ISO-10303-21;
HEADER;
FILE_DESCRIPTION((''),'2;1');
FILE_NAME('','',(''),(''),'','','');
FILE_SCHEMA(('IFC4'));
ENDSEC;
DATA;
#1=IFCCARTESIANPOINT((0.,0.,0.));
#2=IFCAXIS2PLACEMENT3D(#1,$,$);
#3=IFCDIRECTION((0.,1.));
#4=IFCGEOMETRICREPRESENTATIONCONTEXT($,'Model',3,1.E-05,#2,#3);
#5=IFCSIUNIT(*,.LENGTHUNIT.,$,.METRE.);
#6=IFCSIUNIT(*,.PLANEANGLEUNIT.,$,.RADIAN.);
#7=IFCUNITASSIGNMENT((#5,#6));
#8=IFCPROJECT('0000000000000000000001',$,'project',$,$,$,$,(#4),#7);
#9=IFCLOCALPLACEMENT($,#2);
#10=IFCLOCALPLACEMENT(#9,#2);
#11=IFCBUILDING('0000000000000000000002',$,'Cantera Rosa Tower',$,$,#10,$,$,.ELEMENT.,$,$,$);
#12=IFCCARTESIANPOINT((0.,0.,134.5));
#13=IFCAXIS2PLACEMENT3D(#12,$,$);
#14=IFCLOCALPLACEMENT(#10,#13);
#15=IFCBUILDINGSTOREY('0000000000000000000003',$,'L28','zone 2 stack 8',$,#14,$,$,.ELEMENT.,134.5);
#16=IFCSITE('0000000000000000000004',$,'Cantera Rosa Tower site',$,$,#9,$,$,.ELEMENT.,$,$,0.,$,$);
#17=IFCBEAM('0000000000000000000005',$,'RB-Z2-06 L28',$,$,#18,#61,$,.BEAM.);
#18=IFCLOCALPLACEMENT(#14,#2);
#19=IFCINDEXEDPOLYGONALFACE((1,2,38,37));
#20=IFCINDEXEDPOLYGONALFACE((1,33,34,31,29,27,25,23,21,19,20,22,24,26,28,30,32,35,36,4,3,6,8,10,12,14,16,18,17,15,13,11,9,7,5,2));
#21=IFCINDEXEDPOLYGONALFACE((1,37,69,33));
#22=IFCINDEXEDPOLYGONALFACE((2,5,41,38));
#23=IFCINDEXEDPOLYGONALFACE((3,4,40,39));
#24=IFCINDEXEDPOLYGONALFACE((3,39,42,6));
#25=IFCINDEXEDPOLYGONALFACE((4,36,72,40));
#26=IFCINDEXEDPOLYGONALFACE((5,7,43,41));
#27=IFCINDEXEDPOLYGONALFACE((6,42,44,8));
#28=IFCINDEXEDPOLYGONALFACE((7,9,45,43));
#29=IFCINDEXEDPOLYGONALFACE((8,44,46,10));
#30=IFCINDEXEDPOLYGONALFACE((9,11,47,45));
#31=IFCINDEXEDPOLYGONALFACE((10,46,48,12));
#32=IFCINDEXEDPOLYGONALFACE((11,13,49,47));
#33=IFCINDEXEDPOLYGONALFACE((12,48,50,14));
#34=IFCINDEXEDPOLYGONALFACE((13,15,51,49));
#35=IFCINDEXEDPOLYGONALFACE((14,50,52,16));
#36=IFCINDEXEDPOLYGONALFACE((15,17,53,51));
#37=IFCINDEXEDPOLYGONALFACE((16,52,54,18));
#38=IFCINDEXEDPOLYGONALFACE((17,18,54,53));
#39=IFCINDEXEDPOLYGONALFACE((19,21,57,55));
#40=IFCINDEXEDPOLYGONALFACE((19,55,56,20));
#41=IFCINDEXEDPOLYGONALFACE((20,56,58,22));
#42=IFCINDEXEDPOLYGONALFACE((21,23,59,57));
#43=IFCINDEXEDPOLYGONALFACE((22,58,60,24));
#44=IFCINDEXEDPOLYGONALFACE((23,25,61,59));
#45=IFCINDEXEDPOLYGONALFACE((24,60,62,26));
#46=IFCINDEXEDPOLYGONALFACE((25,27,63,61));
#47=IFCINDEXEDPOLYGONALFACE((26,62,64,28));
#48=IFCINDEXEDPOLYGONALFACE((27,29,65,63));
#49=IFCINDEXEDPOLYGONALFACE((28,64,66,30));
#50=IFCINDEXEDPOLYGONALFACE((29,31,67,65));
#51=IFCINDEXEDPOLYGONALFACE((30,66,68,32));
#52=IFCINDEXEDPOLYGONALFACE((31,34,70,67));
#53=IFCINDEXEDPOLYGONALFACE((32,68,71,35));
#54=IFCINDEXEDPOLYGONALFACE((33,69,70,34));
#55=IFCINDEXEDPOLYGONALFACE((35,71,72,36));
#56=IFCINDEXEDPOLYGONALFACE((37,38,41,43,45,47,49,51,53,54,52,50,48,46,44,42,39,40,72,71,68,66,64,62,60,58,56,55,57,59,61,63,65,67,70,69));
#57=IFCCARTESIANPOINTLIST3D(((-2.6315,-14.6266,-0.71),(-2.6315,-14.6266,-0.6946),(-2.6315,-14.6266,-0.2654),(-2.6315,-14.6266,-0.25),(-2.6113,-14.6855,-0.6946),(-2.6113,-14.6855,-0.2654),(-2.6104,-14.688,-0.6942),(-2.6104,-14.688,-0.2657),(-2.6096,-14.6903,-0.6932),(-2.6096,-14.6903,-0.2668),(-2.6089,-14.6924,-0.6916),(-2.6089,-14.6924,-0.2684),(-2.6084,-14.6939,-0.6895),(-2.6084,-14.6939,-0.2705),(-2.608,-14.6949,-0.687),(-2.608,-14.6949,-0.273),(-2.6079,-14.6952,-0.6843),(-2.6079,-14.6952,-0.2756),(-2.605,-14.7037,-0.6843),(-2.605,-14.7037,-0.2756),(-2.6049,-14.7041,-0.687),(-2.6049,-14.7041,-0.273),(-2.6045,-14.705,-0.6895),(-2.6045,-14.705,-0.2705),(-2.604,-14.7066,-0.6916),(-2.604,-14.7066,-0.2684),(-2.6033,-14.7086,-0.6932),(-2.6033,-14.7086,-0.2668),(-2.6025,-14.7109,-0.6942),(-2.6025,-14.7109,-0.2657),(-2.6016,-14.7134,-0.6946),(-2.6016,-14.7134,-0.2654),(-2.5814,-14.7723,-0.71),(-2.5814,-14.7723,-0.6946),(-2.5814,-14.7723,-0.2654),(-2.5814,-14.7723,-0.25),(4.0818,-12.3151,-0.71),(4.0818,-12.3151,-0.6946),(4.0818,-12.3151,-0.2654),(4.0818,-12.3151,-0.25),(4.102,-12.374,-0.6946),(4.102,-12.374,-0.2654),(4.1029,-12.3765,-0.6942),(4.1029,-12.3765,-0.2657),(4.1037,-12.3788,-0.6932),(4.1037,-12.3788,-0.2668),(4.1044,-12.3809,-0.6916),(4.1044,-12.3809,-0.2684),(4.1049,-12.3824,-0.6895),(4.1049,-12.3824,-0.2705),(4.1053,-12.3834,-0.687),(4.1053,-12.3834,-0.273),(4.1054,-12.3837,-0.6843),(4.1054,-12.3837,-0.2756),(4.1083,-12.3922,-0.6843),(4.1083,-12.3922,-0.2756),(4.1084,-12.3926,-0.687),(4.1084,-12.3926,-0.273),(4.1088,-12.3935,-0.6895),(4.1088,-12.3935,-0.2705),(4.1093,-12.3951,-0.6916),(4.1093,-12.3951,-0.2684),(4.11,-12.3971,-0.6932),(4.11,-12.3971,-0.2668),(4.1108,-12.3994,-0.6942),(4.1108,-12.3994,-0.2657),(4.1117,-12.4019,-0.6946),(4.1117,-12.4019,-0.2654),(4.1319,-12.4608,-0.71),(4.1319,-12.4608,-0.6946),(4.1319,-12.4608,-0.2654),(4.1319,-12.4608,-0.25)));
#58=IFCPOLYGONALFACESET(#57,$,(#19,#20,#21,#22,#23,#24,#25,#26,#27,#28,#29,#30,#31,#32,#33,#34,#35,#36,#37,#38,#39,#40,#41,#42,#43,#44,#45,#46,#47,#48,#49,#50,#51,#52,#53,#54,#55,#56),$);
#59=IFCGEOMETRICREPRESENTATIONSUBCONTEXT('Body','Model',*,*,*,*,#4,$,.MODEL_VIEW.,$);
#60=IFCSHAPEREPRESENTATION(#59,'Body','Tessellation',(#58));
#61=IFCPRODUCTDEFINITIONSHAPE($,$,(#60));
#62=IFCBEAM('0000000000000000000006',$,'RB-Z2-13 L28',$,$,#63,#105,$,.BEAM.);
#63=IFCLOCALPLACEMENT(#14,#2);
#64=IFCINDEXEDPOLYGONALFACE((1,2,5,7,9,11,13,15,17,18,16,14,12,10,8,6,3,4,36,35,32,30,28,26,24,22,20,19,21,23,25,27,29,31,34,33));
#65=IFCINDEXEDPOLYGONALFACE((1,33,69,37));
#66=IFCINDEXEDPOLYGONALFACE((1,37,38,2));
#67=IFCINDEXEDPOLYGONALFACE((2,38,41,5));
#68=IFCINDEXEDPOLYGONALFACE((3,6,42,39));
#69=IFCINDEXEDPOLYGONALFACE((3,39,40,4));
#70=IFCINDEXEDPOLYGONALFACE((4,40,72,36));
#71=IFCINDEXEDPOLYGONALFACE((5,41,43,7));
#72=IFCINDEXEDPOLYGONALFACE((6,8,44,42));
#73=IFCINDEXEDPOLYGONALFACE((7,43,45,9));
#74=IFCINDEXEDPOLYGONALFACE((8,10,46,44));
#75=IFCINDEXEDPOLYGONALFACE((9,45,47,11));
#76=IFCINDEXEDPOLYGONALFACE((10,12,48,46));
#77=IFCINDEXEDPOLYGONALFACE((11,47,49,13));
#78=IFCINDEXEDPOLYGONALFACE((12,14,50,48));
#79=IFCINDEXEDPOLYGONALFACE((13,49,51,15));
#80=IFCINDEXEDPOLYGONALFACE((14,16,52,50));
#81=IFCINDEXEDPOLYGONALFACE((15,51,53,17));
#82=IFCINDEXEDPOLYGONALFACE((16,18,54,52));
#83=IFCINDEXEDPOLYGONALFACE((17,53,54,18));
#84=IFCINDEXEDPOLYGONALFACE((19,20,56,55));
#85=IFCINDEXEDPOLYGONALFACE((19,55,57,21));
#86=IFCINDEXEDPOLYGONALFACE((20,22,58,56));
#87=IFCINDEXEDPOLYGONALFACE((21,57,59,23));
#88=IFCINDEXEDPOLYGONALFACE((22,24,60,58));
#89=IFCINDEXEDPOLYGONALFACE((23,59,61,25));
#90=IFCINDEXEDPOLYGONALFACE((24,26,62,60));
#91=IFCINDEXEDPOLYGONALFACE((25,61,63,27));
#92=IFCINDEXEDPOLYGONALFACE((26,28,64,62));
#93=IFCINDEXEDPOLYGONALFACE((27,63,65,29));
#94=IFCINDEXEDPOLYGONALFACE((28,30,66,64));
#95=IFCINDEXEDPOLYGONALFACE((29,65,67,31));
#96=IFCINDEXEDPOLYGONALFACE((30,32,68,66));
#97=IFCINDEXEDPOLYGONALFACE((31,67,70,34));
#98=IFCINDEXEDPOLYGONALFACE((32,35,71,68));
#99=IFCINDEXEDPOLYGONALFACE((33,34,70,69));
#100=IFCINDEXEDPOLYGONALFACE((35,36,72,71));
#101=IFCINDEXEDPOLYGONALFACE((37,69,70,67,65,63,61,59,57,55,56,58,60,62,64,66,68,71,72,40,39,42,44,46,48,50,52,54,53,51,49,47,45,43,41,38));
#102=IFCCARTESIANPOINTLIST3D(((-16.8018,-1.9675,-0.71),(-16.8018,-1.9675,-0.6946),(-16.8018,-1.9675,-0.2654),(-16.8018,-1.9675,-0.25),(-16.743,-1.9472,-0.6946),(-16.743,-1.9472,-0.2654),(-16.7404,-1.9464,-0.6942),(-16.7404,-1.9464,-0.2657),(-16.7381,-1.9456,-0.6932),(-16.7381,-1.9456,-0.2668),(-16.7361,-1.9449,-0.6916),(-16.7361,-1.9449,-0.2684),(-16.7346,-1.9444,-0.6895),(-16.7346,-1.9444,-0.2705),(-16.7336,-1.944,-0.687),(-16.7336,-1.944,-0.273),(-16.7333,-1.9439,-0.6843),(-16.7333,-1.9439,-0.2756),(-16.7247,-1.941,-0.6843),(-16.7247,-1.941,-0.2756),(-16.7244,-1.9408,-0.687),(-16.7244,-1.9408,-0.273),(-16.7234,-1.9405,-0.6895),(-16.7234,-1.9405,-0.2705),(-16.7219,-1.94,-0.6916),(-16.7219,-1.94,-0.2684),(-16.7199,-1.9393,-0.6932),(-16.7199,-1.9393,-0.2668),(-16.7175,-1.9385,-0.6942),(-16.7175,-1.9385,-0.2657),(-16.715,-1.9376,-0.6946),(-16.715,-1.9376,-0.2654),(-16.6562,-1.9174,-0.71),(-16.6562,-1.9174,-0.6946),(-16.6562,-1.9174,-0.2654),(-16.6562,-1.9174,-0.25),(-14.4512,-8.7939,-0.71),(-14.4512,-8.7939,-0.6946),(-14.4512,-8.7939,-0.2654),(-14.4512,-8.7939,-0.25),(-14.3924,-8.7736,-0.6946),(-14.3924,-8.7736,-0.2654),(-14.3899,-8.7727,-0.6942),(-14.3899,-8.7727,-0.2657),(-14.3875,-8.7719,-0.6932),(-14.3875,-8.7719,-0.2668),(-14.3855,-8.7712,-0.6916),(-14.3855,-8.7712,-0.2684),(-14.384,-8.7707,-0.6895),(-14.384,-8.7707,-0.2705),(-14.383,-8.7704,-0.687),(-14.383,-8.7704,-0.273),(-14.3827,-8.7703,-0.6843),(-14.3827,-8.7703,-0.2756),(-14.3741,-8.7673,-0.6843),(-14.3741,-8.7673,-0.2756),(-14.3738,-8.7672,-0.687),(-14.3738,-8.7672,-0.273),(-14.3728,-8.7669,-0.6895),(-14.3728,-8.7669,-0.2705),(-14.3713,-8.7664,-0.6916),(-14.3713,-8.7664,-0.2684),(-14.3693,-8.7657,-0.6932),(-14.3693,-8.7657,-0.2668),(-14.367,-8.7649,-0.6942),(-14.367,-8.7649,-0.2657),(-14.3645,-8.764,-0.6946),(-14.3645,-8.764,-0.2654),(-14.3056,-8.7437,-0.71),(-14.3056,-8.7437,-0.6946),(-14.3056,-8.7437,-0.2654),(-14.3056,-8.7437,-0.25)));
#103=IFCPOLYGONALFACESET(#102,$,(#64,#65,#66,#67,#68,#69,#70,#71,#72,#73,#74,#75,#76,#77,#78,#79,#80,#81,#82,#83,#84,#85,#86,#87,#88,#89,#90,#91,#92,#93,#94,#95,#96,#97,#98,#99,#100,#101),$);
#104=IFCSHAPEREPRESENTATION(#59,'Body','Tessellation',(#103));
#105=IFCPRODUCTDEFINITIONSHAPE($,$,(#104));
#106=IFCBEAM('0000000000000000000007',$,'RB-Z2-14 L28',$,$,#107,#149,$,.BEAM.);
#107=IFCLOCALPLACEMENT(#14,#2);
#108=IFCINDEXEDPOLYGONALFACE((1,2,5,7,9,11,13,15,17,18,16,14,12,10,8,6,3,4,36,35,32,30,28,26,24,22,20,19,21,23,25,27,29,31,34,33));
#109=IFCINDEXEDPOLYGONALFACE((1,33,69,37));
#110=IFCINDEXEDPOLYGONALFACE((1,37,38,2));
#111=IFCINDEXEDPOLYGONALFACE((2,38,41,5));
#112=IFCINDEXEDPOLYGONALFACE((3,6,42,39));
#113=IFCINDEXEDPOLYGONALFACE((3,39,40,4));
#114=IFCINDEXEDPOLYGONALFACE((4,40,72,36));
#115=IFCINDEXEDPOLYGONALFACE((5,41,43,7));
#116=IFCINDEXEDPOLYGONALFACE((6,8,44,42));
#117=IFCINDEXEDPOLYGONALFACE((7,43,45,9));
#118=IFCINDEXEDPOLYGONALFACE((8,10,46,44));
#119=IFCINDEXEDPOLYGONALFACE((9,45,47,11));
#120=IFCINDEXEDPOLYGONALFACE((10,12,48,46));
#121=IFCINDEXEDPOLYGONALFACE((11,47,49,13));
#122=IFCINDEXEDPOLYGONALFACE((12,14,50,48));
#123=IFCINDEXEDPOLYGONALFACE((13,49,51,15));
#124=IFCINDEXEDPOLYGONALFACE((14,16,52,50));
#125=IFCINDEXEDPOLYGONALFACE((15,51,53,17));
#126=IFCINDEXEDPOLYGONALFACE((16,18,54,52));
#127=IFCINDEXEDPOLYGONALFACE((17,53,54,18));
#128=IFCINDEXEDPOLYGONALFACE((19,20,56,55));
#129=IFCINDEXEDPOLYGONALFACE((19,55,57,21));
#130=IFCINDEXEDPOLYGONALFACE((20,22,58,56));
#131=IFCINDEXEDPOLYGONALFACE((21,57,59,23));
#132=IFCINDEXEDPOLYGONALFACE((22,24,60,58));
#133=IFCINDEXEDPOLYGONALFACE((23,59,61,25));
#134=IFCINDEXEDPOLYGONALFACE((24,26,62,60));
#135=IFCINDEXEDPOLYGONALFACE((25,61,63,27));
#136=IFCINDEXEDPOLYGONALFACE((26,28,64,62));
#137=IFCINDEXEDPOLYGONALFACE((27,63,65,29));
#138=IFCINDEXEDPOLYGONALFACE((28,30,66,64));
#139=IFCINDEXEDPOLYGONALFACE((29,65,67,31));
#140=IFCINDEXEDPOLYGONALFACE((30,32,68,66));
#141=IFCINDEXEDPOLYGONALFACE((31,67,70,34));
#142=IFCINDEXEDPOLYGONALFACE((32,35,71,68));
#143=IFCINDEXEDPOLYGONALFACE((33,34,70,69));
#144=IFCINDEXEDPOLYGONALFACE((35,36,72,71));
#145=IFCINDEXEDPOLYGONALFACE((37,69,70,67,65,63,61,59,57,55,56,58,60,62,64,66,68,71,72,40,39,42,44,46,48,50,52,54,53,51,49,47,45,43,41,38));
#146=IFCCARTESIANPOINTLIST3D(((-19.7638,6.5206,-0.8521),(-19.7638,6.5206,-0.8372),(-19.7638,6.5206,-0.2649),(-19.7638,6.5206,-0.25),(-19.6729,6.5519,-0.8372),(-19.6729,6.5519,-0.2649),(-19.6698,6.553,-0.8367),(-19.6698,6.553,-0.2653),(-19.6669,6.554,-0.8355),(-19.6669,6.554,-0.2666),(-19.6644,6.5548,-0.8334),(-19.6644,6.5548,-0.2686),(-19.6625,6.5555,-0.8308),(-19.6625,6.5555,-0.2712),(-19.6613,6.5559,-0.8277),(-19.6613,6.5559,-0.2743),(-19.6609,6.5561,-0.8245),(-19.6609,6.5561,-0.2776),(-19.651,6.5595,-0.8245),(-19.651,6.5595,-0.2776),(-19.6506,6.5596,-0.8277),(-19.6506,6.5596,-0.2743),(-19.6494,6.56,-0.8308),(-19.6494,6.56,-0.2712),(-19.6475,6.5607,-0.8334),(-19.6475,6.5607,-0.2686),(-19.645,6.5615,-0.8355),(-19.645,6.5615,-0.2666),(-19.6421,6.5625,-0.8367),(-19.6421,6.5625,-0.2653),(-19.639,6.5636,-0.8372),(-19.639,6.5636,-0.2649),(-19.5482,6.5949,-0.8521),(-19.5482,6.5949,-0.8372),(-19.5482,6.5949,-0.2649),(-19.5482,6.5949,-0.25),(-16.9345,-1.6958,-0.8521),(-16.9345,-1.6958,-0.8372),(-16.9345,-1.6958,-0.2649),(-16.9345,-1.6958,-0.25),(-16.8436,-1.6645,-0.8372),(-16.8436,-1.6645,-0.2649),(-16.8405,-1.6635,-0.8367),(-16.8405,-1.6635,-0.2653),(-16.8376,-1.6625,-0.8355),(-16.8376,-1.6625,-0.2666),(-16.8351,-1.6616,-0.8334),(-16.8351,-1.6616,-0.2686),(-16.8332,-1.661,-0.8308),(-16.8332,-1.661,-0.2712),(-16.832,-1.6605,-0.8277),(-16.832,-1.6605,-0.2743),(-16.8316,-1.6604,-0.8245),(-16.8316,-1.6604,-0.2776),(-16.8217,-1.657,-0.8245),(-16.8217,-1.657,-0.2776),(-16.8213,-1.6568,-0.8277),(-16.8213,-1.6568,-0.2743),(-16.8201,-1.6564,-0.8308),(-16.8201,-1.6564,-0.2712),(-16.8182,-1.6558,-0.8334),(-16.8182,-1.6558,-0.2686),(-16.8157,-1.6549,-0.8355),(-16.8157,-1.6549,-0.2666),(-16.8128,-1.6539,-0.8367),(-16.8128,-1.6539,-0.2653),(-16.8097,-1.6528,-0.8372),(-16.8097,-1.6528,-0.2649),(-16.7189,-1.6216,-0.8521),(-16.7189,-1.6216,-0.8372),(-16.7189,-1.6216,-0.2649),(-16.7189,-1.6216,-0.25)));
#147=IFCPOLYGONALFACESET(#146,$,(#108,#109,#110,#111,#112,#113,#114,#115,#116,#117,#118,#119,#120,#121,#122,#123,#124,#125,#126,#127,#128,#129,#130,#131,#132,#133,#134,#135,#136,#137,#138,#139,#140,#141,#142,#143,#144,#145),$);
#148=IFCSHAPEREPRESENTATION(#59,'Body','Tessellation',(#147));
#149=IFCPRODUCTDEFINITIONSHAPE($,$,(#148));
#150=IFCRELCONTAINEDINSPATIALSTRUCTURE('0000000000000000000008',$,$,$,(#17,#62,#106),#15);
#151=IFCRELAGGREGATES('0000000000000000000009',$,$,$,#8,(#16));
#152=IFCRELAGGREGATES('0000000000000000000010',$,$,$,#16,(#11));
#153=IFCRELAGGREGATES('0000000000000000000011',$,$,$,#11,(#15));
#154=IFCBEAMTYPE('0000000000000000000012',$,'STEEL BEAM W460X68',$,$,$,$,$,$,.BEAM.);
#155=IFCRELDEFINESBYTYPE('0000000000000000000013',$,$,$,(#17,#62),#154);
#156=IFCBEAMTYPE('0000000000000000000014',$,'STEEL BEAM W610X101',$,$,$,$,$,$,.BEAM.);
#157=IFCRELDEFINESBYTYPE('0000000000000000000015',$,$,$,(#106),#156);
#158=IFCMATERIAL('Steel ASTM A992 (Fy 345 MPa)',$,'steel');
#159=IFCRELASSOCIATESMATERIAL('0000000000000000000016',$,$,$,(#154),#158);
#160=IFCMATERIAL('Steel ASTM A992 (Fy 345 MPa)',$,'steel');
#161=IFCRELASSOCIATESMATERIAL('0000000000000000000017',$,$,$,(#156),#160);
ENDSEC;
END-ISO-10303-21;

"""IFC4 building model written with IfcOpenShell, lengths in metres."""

from ifc_helpers import new_model, si_unit, direction, frame, origin, origin_2d, place, context, subcontext, project, spatial, i_section, extrude, material, material_profile, profile_set, type_object, element, save


model = new_model("IFC4")

# Units and contexts
model_context = context("Model", 3, precision=1e-05, world=origin(), true_north=direction((0.0, 1.0)))
body_context = subcontext(model_context, "Body", "Model", "MODEL_VIEW")
ifc_project = project(units=[si_unit("LENGTHUNIT", "METRE"), si_unit("PLANEANGLEUNIT", "RADIAN")], contexts=[model_context])

# Site, building, storey
site_placement = place(None, origin())
site = spatial("IfcSite", under=ifc_project, at=site_placement, Name="Cantera Rosa Tower site", CompositionType="ELEMENT", RefElevation=0.0)
building_placement = place(site_placement, origin())
building = spatial("IfcBuilding", under=site, at=building_placement, Name="Cantera Rosa Tower", CompositionType="ELEMENT")
storey_placement = place(building_placement, frame((0.0, 0.0, 134.5)))
storey = spatial("IfcBuildingStorey", under=building, at=storey_placement, Name="L28", Description="zone 2 stack 8", CompositionType="ELEMENT", Elevation=134.5)

# Beams
ifc_material_1 = material(Name="Steel ASTM A992 (Fy 345 MPa)", Category="steel")
ifc_material_profile_1 = material_profile(ifc_material_1, i_section(OverallWidth=0.1541, OverallDepth=0.46, WebThickness=0.009, FlangeThickness=0.0154, FilletRadius=0.0103, at=origin_2d()), Name="W460X68")
ifc_profile_set_1 = profile_set([ifc_material_profile_1], Name="Steel ASTM A992 (Fy 345 MPa)")
beam_type_1 = type_object("IfcBeamType", Name="STEEL BEAM W460X68", PredefinedType="BEAM", material=ifc_profile_set_1)
beam_1_placement = place(storey_placement, frame((-2.6064, -14.6995, -0.48), z_axis=(0.945522, 0.325558, 0.0), x_axis=(-0.325558, 0.945522, 0.0)))
element("IfcBeam", 1, at=beam_1_placement, inside=storey, type_object=beam_type_1, Name="RB-Z2-06 L28", PredefinedType="BEAM", context=body_context, shape_type="SweptSolid", body=[
    extrude(i_section(OverallWidth=0.1541, OverallDepth=0.46, WebThickness=0.009, FlangeThickness=0.0154, FilletRadius=0.0103, at=origin_2d()), origin(), (0.0, 0.0, 1.0), 7.1001),
])
beam_2_placement = place(storey_placement, frame((-14.3784, -8.7688, -0.48), z_axis=(-0.325576, 0.945516, 0.0), x_axis=(-0.945516, -0.325576, 0.0)))
element("IfcBeam", 2, at=beam_2_placement, inside=storey, type_object=beam_type_1, Name="RB-Z2-13 L28", PredefinedType="BEAM", context=body_context, shape_type="SweptSolid", body=[
    extrude(i_section(OverallWidth=0.1541, OverallDepth=0.46, WebThickness=0.009, FlangeThickness=0.0154, FilletRadius=0.0103, at=origin_2d()), origin(), (0.0, 0.0, 1.0), 7.2197),
])
ifc_material_2 = material(Name="Steel ASTM A992 (Fy 345 MPa)", Category="steel")
ifc_material_profile_2 = material_profile(ifc_material_2, i_section(OverallWidth=0.228, OverallDepth=0.6021, WebThickness=0.0105, FlangeThickness=0.0149, FilletRadius=0.0127, at=origin_2d()), Name="W610X101")
ifc_profile_set_2 = profile_set([ifc_material_profile_2], Name="Steel ASTM A992 (Fy 345 MPa)")
beam_type_2 = type_object("IfcBeamType", Name="STEEL BEAM W610X101", PredefinedType="BEAM", material=ifc_profile_set_2)
beam_3_placement = place(storey_placement, frame((-16.8267, -1.6587, -0.551), z_axis=(-0.325585, 0.945513, 0.0), x_axis=(-0.945513, -0.325585, 0.0)))
element("IfcBeam", 3, at=beam_3_placement, inside=storey, type_object=beam_type_2, Name="RB-Z2-14 L28", PredefinedType="BEAM", context=body_context, shape_type="SweptSolid", body=[
    extrude(i_section(OverallWidth=0.228, OverallDepth=0.6021, WebThickness=0.0105, FlangeThickness=0.0149, FilletRadius=0.0127, at=origin_2d()), origin(), (0.0, 0.0, 1.0), 8.6899),
])

save(model, "model.ifc")
